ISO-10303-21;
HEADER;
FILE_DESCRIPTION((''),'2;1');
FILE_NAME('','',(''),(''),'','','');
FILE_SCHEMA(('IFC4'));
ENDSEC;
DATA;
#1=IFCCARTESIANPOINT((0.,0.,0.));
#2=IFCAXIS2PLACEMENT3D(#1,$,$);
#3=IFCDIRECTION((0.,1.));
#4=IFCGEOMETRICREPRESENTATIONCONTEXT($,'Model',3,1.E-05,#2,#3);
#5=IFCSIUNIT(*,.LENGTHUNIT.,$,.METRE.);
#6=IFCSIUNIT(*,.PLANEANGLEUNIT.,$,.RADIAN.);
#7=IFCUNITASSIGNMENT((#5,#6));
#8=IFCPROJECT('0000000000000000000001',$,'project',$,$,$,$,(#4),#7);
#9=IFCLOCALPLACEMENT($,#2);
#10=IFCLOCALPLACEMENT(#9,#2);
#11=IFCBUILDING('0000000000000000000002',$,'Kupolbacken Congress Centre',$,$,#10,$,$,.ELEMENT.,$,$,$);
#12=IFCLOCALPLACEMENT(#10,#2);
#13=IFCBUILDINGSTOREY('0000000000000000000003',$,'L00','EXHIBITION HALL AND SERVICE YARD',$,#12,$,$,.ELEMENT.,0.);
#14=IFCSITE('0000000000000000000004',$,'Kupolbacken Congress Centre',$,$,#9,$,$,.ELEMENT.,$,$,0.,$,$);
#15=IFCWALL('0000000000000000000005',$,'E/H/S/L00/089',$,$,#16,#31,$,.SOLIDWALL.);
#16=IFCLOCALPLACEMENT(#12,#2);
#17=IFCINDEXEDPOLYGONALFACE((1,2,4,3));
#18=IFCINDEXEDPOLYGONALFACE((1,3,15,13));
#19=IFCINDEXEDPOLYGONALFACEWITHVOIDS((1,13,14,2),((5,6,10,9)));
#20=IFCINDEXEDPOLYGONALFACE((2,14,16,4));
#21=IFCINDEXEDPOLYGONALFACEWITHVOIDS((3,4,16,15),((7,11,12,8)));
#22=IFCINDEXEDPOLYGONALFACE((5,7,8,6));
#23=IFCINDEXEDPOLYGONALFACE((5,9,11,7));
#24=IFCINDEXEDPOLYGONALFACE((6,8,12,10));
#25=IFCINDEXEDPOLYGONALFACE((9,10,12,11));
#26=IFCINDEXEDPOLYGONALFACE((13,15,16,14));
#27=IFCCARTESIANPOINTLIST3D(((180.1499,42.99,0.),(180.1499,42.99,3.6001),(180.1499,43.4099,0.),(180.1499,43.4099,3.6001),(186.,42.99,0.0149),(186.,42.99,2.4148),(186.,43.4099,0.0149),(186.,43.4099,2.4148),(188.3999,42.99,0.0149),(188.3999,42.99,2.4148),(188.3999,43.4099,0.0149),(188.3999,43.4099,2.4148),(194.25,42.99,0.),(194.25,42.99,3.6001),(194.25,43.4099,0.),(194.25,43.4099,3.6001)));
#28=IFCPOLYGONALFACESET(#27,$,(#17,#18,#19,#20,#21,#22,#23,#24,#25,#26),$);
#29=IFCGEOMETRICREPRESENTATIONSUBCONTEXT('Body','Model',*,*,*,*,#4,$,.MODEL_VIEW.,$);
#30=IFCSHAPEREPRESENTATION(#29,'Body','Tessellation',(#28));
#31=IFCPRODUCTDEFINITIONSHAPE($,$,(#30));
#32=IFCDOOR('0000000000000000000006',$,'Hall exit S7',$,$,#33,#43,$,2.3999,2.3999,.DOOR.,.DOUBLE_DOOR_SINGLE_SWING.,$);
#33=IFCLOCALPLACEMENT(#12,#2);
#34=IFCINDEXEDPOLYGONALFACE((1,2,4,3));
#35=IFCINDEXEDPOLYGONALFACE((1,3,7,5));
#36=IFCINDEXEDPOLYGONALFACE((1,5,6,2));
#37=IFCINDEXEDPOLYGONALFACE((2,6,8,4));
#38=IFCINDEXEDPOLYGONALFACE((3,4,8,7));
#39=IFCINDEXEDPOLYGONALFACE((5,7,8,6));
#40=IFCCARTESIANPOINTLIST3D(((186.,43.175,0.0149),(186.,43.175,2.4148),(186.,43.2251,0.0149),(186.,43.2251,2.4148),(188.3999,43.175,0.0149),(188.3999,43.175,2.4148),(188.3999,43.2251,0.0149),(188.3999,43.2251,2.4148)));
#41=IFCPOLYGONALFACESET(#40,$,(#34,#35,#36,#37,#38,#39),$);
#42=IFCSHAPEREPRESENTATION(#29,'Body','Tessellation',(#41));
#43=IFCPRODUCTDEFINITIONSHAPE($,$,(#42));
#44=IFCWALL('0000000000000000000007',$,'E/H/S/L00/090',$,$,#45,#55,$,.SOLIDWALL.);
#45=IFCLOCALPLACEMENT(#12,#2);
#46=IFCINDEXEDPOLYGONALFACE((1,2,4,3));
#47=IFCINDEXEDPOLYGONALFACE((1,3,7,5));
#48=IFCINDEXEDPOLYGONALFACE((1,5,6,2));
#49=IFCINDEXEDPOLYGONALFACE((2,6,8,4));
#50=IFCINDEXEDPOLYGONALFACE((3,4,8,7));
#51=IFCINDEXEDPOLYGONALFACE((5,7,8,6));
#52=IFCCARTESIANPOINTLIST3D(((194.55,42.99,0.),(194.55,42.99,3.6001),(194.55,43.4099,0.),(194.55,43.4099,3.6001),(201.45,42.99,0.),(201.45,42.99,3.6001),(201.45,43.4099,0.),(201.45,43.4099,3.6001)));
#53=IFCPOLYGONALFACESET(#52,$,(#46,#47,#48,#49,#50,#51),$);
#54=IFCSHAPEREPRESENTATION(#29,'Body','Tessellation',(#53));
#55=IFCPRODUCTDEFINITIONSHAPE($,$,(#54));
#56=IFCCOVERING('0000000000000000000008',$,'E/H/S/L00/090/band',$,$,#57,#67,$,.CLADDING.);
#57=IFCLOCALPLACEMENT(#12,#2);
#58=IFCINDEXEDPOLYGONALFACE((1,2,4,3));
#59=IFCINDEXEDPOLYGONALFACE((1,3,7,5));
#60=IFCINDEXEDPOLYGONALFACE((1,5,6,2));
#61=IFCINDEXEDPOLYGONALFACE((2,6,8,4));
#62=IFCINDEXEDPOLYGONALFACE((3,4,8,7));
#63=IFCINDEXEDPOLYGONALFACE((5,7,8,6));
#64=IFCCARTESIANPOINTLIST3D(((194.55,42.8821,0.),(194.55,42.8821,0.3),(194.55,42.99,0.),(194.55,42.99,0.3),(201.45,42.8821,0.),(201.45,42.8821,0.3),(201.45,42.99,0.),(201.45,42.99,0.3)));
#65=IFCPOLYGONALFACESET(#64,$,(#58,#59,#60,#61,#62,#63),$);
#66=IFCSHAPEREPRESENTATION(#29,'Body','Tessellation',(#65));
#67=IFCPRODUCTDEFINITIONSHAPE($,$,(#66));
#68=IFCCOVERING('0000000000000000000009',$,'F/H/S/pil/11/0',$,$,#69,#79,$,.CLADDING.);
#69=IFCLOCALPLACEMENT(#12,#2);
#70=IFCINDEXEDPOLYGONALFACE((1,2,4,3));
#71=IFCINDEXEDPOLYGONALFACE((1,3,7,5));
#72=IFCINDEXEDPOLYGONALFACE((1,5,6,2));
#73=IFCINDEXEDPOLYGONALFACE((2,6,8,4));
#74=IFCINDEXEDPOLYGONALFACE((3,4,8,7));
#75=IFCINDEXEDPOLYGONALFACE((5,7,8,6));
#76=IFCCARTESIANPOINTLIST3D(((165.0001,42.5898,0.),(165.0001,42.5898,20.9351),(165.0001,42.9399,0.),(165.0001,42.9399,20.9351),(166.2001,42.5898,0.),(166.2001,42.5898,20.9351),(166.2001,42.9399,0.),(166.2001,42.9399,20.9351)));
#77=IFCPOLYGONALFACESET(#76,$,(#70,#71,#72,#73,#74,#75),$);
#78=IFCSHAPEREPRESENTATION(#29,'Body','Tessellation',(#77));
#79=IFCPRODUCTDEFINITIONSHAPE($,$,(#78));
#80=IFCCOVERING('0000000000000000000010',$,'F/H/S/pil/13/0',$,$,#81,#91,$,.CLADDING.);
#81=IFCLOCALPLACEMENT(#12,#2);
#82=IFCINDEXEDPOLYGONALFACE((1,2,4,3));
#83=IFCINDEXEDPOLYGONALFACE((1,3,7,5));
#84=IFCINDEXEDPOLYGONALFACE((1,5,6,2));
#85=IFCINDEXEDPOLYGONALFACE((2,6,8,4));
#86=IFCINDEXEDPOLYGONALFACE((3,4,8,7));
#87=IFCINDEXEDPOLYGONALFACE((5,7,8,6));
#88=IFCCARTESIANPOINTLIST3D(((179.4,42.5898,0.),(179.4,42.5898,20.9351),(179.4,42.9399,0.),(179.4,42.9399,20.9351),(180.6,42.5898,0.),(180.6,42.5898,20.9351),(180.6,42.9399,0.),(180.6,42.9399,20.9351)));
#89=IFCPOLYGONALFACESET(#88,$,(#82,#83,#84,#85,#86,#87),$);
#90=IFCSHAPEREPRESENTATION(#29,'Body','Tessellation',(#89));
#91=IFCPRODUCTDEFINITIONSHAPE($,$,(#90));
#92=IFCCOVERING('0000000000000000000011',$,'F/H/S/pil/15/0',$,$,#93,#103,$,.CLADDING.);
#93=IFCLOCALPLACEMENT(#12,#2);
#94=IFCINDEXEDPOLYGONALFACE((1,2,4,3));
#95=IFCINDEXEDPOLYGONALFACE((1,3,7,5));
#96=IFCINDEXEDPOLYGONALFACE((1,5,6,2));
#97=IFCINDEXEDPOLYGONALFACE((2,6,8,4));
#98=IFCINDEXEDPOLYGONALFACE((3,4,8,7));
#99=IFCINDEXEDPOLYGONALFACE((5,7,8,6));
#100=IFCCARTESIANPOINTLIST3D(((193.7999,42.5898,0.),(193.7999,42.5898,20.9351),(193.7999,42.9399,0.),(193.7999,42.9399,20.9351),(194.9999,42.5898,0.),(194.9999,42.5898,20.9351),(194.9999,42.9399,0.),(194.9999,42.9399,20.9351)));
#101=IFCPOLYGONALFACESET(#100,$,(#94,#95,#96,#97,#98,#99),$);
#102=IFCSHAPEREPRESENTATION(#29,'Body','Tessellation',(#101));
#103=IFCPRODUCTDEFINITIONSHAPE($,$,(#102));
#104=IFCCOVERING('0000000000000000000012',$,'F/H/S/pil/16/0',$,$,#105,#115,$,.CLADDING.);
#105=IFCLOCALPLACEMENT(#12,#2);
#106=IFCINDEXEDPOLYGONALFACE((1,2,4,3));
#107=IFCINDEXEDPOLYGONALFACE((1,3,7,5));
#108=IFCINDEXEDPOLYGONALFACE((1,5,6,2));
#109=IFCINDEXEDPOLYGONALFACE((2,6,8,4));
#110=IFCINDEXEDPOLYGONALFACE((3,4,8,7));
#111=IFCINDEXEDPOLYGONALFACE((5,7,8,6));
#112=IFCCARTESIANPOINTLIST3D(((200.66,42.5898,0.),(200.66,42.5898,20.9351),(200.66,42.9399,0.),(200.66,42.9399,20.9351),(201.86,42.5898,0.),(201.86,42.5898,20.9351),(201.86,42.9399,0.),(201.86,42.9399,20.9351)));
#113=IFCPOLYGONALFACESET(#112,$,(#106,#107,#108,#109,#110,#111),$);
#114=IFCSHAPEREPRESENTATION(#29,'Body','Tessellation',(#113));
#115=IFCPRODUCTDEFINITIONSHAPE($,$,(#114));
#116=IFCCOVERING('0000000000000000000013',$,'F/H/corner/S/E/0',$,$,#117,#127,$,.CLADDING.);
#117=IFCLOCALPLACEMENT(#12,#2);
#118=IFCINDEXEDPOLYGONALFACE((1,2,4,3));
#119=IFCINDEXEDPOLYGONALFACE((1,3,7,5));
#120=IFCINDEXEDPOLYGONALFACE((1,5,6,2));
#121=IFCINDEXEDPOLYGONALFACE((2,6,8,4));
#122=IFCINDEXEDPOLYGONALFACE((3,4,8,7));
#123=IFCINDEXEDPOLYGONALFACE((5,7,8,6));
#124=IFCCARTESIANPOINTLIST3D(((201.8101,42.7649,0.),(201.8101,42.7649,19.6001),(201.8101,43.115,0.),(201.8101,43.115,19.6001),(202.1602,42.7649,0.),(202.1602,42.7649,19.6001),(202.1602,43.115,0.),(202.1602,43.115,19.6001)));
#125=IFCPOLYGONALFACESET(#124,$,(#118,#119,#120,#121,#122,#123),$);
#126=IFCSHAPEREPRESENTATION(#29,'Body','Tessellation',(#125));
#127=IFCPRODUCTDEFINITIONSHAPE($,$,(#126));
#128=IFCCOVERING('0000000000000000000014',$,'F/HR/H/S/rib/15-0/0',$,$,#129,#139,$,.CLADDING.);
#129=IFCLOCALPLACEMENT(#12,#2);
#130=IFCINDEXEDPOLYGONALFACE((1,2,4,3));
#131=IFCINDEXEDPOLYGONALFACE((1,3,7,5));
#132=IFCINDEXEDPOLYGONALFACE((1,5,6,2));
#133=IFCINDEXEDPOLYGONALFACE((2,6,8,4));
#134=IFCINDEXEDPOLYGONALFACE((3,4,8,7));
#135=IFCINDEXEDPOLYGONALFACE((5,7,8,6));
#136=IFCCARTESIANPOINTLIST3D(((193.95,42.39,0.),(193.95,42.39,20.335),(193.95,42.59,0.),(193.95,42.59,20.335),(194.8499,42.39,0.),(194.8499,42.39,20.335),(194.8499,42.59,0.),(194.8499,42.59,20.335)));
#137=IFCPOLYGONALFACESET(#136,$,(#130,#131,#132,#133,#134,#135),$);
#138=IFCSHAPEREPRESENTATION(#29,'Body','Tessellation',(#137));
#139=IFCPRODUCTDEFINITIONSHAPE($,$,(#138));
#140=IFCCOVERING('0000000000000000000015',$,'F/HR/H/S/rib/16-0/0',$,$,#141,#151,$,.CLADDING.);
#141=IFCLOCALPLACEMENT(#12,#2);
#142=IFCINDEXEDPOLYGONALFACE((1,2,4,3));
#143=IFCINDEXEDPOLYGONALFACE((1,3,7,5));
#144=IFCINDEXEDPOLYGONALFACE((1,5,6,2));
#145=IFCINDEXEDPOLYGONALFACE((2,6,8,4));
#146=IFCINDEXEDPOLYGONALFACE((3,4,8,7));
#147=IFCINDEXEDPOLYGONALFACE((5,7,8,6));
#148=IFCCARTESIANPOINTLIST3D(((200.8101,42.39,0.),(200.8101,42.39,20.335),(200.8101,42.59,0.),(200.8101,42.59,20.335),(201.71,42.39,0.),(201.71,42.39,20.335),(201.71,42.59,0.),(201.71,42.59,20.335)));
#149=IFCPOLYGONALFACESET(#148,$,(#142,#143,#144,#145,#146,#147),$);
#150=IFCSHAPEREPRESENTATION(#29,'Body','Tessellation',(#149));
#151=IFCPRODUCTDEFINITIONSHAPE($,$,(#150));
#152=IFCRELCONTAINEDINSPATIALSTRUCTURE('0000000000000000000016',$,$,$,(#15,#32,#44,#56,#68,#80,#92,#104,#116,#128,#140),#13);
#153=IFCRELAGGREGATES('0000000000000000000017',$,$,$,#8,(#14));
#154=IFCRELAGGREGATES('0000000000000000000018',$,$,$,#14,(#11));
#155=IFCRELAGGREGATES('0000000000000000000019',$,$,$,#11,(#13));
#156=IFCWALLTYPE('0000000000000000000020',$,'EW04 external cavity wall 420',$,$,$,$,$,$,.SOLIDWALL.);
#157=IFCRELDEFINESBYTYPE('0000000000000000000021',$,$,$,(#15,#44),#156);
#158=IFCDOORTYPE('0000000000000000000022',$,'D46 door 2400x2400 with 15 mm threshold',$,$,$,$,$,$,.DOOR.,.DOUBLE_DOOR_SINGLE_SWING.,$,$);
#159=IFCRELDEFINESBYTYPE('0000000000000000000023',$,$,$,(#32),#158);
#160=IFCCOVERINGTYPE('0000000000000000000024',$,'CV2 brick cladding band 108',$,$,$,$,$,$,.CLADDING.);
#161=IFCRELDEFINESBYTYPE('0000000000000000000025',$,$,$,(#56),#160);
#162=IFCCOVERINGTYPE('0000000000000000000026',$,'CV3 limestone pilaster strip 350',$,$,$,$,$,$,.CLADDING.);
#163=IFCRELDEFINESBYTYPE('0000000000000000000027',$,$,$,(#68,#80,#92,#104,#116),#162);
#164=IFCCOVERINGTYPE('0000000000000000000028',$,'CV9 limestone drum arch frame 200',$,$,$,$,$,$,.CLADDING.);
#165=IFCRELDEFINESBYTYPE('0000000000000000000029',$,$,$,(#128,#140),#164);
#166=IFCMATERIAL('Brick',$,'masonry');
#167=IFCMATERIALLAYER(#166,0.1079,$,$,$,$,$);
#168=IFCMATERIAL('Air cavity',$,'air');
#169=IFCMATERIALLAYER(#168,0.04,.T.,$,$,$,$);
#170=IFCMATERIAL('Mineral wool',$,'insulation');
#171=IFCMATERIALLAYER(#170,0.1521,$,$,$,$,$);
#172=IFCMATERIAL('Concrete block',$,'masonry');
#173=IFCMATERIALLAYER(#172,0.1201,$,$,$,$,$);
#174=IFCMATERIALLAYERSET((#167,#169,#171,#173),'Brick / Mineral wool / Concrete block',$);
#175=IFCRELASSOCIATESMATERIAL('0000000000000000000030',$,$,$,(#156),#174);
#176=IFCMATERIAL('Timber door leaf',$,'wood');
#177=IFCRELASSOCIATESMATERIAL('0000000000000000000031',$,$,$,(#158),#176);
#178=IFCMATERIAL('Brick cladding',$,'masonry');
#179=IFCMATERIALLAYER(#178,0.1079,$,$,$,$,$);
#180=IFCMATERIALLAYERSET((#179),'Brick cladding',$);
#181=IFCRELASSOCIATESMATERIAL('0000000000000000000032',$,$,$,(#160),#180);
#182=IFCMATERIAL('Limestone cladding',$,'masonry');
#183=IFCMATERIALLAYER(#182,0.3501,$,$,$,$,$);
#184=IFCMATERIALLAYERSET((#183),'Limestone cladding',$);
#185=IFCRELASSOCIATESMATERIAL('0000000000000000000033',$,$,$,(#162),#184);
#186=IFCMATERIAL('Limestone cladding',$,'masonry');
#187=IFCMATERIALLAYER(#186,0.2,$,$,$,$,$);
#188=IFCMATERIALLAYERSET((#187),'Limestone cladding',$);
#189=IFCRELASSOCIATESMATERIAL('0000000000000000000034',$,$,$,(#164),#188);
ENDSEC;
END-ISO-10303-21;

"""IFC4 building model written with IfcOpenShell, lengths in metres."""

from ifc_helpers import new_model, si_unit, direction, frame, frame_2d, origin, origin_2d, place, context, subcontext, project, spatial, rectangle, extrude, material, layer, layer_set, type_object, element, fill, save


model = new_model("IFC4")

# Units and contexts
model_context = context("Model", 3, precision=1e-05, world=origin(), true_north=direction((0.0, 1.0)))
body_context = subcontext(model_context, "Body", "Model", "MODEL_VIEW")
ifc_project = project(units=[si_unit("LENGTHUNIT", "METRE"), si_unit("PLANEANGLEUNIT", "RADIAN")], contexts=[model_context])

# Site, building, storey
site_placement = place(None, origin())
site = spatial("IfcSite", under=ifc_project, at=site_placement, Name="Kupolbacken Congress Centre", CompositionType="ELEMENT", RefElevation=0.0)
building_placement = place(site_placement, origin())
building = spatial("IfcBuilding", under=site, at=building_placement, Name="Kupolbacken Congress Centre", CompositionType="ELEMENT")
storey_placement = place(building_placement, origin())
storey = spatial("IfcBuildingStorey", under=building, at=storey_placement, Name="L00", Description="EXHIBITION HALL AND SERVICE YARD", CompositionType="ELEMENT", Elevation=0.0)

# Wall, opening, door
ifc_material_1 = material(Name="Brick", Category="masonry")
ifc_layer_1 = layer(ifc_material_1, 0.1079)
ifc_material_2 = material(Name="Air cavity", Category="air")
ifc_layer_2 = layer(ifc_material_2, 0.04, ventilated=True)
ifc_material_3 = material(Name="Mineral wool", Category="insulation")
ifc_layer_3 = layer(ifc_material_3, 0.1521)
ifc_material_4 = material(Name="Concrete block", Category="masonry")
ifc_layer_4 = layer(ifc_material_4, 0.1201)
ifc_layer_set_1 = layer_set([ifc_layer_1, ifc_layer_2, ifc_layer_3, ifc_layer_4], Name="Brick / Mineral wool / Concrete block")
wall_type = type_object("IfcWallType", Name="EW04 external cavity wall 420", PredefinedType="SOLIDWALL", material=ifc_layer_set_1)
ifc_material_5 = material(Name="Timber door leaf", Category="wood")
door_type = type_object("IfcDoorType", Name="D46 door 2400x2400 with 15 mm threshold", OperationType="DOUBLE_DOOR_SINGLE_SWING", PredefinedType="DOOR", material=ifc_material_5)
wall_1_placement = place(storey_placement, frame((180.1499, 43.2, 0.0), z_axis=(0.0, 0.0, 1.0), x_axis=(1.0, 0.0, 0.0)))
wall_1 = element("IfcWall", 1, at=wall_1_placement, inside=storey, type_object=wall_type, Name="E/H/S/L00/089", PredefinedType="SOLIDWALL", context=body_context, shape_type="SweptSolid", body=[
    extrude(rectangle(XDim=14.1001, YDim=0.4199, at=frame_2d((7.05, 0.0))), origin(), (0.0, 0.0, 1.0), 3.6001),
])
opening_1_placement = place(wall_1_placement, frame((5.8501, 0.0, 0.0149)))
opening_1 = element("IfcOpeningElement", 2, at=opening_1_placement, cuts=wall_1, PredefinedType="OPENING", context=body_context, shape_type="SweptSolid", body=[
    extrude(rectangle(XDim=2.3999, YDim=2.3999, at=frame_2d((1.2, 1.2))), frame((0.0, 0.22, 0.0), z_axis=(0.0, -1.0, 0.0), x_axis=(1.0, 0.0, 0.0)), (0.0, 0.0, 1.0), 0.4399),
])
door_1_placement = place(opening_1_placement, frame((2.3999, 0.0, 0.0), z_axis=(0.0, 0.0, 1.0), x_axis=(-1.0, 0.0, 0.0)))
door_1 = element("IfcDoor", 3, at=door_1_placement, inside=storey, type_object=door_type, Name="Hall exit S7", OperationType="DOUBLE_DOOR_SINGLE_SWING", OverallHeight=2.3999, OverallWidth=2.3999, PredefinedType="DOOR", context=body_context, shape_type="SweptSolid", body=[
    extrude(rectangle(XDim=2.3999, YDim=2.3999, at=frame_2d((1.2, 1.2))), frame((0.0, 0.0249, 0.0), z_axis=(0.0, -1.0, 0.0), x_axis=(1.0, 0.0, 0.0)), (0.0, 0.0, 1.0), 0.05),
])
fill(opening_1, door_1)

# Wall
wall_2_placement = place(storey_placement, frame((194.55, 43.2, 0.0), z_axis=(0.0, 0.0, 1.0), x_axis=(1.0, 0.0, 0.0)))
element("IfcWall", 4, at=wall_2_placement, inside=storey, type_object=wall_type, Name="E/H/S/L00/090", PredefinedType="SOLIDWALL", context=body_context, shape_type="SweptSolid", body=[
    extrude(rectangle(XDim=6.8999, YDim=0.4199, at=frame_2d((3.45, 0.0))), origin(), (0.0, 0.0, 1.0), 3.6001),
])

# Coverings
ifc_material_6 = material(Name="Brick cladding", Category="masonry")
ifc_layer_5 = layer(ifc_material_6, 0.1079)
ifc_layer_set_2 = layer_set([ifc_layer_5], Name="Brick cladding")
covering_type_1 = type_object("IfcCoveringType", Name="CV2 brick cladding band 108", PredefinedType="CLADDING", material=ifc_layer_set_2)
covering_1_placement = place(storey_placement, frame((198.0, 42.936, 0.0), z_axis=(0.0, 0.0, 1.0), x_axis=(1.0, 0.0, 0.0)))
element("IfcCovering", 5, at=covering_1_placement, inside=storey, type_object=covering_type_1, Name="E/H/S/L00/090/band", PredefinedType="CLADDING", context=body_context, shape_type="SweptSolid", body=[
    extrude(rectangle(XDim=6.8999, YDim=0.1079, at=origin_2d()), origin(), (0.0, 0.0, 1.0), 0.3),
])
ifc_material_7 = material(Name="Limestone cladding", Category="masonry")
ifc_layer_6 = layer(ifc_material_7, 0.3501)
ifc_layer_set_3 = layer_set([ifc_layer_6], Name="Limestone cladding")
covering_type_2 = type_object("IfcCoveringType", Name="CV3 limestone pilaster strip 350", PredefinedType="CLADDING", material=ifc_layer_set_3)
for number, where, z_axis, x_axis, name in (
    (6, (165.6001, 42.7649, 0.0), (0.0, 0.0, 1.0), (1.0, 0.0, 0.0), "F/H/S/pil/11/0"),
    (7, (180.0, 42.7649, 0.0), (0.0, 0.0, 1.0), (1.0, 0.0, 0.0), "F/H/S/pil/13/0"),
    (8, (194.3999, 42.7649, 0.0), (0.0, 0.0, 1.0), (1.0, 0.0, 0.0), "F/H/S/pil/15/0"),
    (9, (201.26, 42.7649, 0.0), (0.0, 0.0, 1.0), (1.0, 0.0, 0.0), "F/H/S/pil/16/0"),
):
    element("IfcCovering", number, at=place(storey_placement, frame(where, z_axis=z_axis, x_axis=x_axis)), inside=storey, type_object=covering_type_2, Name=name, PredefinedType="CLADDING", context=body_context, shape_type="SweptSolid", body=[
        extrude(rectangle(XDim=1.2, YDim=0.3501, at=origin_2d()), origin(), (0.0, 0.0, 1.0), 20.9351),
    ])
covering_2_placement = place(storey_placement, frame((201.9851, 42.9399, 0.0), z_axis=(0.0, 0.0, 1.0), x_axis=(1.0, 0.0, 0.0)))
element("IfcCovering", 10, at=covering_2_placement, inside=storey, type_object=covering_type_2, Name="F/H/corner/S/E/0", PredefinedType="CLADDING", context=body_context, shape_type="SweptSolid", body=[
    extrude(rectangle(XDim=0.3501, YDim=0.3501, at=origin_2d()), origin(), (0.0, 0.0, 1.0), 19.6001),
])
ifc_material_8 = material(Name="Limestone cladding", Category="masonry")
ifc_layer_7 = layer(ifc_material_8, 0.2)
ifc_layer_set_4 = layer_set([ifc_layer_7], Name="Limestone cladding")
covering_type_3 = type_object("IfcCoveringType", Name="CV9 limestone drum arch frame 200", PredefinedType="CLADDING", material=ifc_layer_set_4)
for number, where, z_axis, x_axis, name in (
    (11, (194.3999, 42.49, 0.0), (0.0, 0.0, 1.0), (1.0, 0.0, 0.0), "F/HR/H/S/rib/15-0/0"),
    (12, (201.26, 42.49, 0.0), (0.0, 0.0, 1.0), (1.0, 0.0, 0.0), "F/HR/H/S/rib/16-0/0"),
):
    element("IfcCovering", number, at=place(storey_placement, frame(where, z_axis=z_axis, x_axis=x_axis)), inside=storey, type_object=covering_type_3, Name=name, PredefinedType="CLADDING", context=body_context, shape_type="SweptSolid", body=[
        extrude(rectangle(XDim=0.8999, YDim=0.2, at=origin_2d()), origin(), (0.0, 0.0, 1.0), 20.335),
    ])

save(model, "model.ifc")
